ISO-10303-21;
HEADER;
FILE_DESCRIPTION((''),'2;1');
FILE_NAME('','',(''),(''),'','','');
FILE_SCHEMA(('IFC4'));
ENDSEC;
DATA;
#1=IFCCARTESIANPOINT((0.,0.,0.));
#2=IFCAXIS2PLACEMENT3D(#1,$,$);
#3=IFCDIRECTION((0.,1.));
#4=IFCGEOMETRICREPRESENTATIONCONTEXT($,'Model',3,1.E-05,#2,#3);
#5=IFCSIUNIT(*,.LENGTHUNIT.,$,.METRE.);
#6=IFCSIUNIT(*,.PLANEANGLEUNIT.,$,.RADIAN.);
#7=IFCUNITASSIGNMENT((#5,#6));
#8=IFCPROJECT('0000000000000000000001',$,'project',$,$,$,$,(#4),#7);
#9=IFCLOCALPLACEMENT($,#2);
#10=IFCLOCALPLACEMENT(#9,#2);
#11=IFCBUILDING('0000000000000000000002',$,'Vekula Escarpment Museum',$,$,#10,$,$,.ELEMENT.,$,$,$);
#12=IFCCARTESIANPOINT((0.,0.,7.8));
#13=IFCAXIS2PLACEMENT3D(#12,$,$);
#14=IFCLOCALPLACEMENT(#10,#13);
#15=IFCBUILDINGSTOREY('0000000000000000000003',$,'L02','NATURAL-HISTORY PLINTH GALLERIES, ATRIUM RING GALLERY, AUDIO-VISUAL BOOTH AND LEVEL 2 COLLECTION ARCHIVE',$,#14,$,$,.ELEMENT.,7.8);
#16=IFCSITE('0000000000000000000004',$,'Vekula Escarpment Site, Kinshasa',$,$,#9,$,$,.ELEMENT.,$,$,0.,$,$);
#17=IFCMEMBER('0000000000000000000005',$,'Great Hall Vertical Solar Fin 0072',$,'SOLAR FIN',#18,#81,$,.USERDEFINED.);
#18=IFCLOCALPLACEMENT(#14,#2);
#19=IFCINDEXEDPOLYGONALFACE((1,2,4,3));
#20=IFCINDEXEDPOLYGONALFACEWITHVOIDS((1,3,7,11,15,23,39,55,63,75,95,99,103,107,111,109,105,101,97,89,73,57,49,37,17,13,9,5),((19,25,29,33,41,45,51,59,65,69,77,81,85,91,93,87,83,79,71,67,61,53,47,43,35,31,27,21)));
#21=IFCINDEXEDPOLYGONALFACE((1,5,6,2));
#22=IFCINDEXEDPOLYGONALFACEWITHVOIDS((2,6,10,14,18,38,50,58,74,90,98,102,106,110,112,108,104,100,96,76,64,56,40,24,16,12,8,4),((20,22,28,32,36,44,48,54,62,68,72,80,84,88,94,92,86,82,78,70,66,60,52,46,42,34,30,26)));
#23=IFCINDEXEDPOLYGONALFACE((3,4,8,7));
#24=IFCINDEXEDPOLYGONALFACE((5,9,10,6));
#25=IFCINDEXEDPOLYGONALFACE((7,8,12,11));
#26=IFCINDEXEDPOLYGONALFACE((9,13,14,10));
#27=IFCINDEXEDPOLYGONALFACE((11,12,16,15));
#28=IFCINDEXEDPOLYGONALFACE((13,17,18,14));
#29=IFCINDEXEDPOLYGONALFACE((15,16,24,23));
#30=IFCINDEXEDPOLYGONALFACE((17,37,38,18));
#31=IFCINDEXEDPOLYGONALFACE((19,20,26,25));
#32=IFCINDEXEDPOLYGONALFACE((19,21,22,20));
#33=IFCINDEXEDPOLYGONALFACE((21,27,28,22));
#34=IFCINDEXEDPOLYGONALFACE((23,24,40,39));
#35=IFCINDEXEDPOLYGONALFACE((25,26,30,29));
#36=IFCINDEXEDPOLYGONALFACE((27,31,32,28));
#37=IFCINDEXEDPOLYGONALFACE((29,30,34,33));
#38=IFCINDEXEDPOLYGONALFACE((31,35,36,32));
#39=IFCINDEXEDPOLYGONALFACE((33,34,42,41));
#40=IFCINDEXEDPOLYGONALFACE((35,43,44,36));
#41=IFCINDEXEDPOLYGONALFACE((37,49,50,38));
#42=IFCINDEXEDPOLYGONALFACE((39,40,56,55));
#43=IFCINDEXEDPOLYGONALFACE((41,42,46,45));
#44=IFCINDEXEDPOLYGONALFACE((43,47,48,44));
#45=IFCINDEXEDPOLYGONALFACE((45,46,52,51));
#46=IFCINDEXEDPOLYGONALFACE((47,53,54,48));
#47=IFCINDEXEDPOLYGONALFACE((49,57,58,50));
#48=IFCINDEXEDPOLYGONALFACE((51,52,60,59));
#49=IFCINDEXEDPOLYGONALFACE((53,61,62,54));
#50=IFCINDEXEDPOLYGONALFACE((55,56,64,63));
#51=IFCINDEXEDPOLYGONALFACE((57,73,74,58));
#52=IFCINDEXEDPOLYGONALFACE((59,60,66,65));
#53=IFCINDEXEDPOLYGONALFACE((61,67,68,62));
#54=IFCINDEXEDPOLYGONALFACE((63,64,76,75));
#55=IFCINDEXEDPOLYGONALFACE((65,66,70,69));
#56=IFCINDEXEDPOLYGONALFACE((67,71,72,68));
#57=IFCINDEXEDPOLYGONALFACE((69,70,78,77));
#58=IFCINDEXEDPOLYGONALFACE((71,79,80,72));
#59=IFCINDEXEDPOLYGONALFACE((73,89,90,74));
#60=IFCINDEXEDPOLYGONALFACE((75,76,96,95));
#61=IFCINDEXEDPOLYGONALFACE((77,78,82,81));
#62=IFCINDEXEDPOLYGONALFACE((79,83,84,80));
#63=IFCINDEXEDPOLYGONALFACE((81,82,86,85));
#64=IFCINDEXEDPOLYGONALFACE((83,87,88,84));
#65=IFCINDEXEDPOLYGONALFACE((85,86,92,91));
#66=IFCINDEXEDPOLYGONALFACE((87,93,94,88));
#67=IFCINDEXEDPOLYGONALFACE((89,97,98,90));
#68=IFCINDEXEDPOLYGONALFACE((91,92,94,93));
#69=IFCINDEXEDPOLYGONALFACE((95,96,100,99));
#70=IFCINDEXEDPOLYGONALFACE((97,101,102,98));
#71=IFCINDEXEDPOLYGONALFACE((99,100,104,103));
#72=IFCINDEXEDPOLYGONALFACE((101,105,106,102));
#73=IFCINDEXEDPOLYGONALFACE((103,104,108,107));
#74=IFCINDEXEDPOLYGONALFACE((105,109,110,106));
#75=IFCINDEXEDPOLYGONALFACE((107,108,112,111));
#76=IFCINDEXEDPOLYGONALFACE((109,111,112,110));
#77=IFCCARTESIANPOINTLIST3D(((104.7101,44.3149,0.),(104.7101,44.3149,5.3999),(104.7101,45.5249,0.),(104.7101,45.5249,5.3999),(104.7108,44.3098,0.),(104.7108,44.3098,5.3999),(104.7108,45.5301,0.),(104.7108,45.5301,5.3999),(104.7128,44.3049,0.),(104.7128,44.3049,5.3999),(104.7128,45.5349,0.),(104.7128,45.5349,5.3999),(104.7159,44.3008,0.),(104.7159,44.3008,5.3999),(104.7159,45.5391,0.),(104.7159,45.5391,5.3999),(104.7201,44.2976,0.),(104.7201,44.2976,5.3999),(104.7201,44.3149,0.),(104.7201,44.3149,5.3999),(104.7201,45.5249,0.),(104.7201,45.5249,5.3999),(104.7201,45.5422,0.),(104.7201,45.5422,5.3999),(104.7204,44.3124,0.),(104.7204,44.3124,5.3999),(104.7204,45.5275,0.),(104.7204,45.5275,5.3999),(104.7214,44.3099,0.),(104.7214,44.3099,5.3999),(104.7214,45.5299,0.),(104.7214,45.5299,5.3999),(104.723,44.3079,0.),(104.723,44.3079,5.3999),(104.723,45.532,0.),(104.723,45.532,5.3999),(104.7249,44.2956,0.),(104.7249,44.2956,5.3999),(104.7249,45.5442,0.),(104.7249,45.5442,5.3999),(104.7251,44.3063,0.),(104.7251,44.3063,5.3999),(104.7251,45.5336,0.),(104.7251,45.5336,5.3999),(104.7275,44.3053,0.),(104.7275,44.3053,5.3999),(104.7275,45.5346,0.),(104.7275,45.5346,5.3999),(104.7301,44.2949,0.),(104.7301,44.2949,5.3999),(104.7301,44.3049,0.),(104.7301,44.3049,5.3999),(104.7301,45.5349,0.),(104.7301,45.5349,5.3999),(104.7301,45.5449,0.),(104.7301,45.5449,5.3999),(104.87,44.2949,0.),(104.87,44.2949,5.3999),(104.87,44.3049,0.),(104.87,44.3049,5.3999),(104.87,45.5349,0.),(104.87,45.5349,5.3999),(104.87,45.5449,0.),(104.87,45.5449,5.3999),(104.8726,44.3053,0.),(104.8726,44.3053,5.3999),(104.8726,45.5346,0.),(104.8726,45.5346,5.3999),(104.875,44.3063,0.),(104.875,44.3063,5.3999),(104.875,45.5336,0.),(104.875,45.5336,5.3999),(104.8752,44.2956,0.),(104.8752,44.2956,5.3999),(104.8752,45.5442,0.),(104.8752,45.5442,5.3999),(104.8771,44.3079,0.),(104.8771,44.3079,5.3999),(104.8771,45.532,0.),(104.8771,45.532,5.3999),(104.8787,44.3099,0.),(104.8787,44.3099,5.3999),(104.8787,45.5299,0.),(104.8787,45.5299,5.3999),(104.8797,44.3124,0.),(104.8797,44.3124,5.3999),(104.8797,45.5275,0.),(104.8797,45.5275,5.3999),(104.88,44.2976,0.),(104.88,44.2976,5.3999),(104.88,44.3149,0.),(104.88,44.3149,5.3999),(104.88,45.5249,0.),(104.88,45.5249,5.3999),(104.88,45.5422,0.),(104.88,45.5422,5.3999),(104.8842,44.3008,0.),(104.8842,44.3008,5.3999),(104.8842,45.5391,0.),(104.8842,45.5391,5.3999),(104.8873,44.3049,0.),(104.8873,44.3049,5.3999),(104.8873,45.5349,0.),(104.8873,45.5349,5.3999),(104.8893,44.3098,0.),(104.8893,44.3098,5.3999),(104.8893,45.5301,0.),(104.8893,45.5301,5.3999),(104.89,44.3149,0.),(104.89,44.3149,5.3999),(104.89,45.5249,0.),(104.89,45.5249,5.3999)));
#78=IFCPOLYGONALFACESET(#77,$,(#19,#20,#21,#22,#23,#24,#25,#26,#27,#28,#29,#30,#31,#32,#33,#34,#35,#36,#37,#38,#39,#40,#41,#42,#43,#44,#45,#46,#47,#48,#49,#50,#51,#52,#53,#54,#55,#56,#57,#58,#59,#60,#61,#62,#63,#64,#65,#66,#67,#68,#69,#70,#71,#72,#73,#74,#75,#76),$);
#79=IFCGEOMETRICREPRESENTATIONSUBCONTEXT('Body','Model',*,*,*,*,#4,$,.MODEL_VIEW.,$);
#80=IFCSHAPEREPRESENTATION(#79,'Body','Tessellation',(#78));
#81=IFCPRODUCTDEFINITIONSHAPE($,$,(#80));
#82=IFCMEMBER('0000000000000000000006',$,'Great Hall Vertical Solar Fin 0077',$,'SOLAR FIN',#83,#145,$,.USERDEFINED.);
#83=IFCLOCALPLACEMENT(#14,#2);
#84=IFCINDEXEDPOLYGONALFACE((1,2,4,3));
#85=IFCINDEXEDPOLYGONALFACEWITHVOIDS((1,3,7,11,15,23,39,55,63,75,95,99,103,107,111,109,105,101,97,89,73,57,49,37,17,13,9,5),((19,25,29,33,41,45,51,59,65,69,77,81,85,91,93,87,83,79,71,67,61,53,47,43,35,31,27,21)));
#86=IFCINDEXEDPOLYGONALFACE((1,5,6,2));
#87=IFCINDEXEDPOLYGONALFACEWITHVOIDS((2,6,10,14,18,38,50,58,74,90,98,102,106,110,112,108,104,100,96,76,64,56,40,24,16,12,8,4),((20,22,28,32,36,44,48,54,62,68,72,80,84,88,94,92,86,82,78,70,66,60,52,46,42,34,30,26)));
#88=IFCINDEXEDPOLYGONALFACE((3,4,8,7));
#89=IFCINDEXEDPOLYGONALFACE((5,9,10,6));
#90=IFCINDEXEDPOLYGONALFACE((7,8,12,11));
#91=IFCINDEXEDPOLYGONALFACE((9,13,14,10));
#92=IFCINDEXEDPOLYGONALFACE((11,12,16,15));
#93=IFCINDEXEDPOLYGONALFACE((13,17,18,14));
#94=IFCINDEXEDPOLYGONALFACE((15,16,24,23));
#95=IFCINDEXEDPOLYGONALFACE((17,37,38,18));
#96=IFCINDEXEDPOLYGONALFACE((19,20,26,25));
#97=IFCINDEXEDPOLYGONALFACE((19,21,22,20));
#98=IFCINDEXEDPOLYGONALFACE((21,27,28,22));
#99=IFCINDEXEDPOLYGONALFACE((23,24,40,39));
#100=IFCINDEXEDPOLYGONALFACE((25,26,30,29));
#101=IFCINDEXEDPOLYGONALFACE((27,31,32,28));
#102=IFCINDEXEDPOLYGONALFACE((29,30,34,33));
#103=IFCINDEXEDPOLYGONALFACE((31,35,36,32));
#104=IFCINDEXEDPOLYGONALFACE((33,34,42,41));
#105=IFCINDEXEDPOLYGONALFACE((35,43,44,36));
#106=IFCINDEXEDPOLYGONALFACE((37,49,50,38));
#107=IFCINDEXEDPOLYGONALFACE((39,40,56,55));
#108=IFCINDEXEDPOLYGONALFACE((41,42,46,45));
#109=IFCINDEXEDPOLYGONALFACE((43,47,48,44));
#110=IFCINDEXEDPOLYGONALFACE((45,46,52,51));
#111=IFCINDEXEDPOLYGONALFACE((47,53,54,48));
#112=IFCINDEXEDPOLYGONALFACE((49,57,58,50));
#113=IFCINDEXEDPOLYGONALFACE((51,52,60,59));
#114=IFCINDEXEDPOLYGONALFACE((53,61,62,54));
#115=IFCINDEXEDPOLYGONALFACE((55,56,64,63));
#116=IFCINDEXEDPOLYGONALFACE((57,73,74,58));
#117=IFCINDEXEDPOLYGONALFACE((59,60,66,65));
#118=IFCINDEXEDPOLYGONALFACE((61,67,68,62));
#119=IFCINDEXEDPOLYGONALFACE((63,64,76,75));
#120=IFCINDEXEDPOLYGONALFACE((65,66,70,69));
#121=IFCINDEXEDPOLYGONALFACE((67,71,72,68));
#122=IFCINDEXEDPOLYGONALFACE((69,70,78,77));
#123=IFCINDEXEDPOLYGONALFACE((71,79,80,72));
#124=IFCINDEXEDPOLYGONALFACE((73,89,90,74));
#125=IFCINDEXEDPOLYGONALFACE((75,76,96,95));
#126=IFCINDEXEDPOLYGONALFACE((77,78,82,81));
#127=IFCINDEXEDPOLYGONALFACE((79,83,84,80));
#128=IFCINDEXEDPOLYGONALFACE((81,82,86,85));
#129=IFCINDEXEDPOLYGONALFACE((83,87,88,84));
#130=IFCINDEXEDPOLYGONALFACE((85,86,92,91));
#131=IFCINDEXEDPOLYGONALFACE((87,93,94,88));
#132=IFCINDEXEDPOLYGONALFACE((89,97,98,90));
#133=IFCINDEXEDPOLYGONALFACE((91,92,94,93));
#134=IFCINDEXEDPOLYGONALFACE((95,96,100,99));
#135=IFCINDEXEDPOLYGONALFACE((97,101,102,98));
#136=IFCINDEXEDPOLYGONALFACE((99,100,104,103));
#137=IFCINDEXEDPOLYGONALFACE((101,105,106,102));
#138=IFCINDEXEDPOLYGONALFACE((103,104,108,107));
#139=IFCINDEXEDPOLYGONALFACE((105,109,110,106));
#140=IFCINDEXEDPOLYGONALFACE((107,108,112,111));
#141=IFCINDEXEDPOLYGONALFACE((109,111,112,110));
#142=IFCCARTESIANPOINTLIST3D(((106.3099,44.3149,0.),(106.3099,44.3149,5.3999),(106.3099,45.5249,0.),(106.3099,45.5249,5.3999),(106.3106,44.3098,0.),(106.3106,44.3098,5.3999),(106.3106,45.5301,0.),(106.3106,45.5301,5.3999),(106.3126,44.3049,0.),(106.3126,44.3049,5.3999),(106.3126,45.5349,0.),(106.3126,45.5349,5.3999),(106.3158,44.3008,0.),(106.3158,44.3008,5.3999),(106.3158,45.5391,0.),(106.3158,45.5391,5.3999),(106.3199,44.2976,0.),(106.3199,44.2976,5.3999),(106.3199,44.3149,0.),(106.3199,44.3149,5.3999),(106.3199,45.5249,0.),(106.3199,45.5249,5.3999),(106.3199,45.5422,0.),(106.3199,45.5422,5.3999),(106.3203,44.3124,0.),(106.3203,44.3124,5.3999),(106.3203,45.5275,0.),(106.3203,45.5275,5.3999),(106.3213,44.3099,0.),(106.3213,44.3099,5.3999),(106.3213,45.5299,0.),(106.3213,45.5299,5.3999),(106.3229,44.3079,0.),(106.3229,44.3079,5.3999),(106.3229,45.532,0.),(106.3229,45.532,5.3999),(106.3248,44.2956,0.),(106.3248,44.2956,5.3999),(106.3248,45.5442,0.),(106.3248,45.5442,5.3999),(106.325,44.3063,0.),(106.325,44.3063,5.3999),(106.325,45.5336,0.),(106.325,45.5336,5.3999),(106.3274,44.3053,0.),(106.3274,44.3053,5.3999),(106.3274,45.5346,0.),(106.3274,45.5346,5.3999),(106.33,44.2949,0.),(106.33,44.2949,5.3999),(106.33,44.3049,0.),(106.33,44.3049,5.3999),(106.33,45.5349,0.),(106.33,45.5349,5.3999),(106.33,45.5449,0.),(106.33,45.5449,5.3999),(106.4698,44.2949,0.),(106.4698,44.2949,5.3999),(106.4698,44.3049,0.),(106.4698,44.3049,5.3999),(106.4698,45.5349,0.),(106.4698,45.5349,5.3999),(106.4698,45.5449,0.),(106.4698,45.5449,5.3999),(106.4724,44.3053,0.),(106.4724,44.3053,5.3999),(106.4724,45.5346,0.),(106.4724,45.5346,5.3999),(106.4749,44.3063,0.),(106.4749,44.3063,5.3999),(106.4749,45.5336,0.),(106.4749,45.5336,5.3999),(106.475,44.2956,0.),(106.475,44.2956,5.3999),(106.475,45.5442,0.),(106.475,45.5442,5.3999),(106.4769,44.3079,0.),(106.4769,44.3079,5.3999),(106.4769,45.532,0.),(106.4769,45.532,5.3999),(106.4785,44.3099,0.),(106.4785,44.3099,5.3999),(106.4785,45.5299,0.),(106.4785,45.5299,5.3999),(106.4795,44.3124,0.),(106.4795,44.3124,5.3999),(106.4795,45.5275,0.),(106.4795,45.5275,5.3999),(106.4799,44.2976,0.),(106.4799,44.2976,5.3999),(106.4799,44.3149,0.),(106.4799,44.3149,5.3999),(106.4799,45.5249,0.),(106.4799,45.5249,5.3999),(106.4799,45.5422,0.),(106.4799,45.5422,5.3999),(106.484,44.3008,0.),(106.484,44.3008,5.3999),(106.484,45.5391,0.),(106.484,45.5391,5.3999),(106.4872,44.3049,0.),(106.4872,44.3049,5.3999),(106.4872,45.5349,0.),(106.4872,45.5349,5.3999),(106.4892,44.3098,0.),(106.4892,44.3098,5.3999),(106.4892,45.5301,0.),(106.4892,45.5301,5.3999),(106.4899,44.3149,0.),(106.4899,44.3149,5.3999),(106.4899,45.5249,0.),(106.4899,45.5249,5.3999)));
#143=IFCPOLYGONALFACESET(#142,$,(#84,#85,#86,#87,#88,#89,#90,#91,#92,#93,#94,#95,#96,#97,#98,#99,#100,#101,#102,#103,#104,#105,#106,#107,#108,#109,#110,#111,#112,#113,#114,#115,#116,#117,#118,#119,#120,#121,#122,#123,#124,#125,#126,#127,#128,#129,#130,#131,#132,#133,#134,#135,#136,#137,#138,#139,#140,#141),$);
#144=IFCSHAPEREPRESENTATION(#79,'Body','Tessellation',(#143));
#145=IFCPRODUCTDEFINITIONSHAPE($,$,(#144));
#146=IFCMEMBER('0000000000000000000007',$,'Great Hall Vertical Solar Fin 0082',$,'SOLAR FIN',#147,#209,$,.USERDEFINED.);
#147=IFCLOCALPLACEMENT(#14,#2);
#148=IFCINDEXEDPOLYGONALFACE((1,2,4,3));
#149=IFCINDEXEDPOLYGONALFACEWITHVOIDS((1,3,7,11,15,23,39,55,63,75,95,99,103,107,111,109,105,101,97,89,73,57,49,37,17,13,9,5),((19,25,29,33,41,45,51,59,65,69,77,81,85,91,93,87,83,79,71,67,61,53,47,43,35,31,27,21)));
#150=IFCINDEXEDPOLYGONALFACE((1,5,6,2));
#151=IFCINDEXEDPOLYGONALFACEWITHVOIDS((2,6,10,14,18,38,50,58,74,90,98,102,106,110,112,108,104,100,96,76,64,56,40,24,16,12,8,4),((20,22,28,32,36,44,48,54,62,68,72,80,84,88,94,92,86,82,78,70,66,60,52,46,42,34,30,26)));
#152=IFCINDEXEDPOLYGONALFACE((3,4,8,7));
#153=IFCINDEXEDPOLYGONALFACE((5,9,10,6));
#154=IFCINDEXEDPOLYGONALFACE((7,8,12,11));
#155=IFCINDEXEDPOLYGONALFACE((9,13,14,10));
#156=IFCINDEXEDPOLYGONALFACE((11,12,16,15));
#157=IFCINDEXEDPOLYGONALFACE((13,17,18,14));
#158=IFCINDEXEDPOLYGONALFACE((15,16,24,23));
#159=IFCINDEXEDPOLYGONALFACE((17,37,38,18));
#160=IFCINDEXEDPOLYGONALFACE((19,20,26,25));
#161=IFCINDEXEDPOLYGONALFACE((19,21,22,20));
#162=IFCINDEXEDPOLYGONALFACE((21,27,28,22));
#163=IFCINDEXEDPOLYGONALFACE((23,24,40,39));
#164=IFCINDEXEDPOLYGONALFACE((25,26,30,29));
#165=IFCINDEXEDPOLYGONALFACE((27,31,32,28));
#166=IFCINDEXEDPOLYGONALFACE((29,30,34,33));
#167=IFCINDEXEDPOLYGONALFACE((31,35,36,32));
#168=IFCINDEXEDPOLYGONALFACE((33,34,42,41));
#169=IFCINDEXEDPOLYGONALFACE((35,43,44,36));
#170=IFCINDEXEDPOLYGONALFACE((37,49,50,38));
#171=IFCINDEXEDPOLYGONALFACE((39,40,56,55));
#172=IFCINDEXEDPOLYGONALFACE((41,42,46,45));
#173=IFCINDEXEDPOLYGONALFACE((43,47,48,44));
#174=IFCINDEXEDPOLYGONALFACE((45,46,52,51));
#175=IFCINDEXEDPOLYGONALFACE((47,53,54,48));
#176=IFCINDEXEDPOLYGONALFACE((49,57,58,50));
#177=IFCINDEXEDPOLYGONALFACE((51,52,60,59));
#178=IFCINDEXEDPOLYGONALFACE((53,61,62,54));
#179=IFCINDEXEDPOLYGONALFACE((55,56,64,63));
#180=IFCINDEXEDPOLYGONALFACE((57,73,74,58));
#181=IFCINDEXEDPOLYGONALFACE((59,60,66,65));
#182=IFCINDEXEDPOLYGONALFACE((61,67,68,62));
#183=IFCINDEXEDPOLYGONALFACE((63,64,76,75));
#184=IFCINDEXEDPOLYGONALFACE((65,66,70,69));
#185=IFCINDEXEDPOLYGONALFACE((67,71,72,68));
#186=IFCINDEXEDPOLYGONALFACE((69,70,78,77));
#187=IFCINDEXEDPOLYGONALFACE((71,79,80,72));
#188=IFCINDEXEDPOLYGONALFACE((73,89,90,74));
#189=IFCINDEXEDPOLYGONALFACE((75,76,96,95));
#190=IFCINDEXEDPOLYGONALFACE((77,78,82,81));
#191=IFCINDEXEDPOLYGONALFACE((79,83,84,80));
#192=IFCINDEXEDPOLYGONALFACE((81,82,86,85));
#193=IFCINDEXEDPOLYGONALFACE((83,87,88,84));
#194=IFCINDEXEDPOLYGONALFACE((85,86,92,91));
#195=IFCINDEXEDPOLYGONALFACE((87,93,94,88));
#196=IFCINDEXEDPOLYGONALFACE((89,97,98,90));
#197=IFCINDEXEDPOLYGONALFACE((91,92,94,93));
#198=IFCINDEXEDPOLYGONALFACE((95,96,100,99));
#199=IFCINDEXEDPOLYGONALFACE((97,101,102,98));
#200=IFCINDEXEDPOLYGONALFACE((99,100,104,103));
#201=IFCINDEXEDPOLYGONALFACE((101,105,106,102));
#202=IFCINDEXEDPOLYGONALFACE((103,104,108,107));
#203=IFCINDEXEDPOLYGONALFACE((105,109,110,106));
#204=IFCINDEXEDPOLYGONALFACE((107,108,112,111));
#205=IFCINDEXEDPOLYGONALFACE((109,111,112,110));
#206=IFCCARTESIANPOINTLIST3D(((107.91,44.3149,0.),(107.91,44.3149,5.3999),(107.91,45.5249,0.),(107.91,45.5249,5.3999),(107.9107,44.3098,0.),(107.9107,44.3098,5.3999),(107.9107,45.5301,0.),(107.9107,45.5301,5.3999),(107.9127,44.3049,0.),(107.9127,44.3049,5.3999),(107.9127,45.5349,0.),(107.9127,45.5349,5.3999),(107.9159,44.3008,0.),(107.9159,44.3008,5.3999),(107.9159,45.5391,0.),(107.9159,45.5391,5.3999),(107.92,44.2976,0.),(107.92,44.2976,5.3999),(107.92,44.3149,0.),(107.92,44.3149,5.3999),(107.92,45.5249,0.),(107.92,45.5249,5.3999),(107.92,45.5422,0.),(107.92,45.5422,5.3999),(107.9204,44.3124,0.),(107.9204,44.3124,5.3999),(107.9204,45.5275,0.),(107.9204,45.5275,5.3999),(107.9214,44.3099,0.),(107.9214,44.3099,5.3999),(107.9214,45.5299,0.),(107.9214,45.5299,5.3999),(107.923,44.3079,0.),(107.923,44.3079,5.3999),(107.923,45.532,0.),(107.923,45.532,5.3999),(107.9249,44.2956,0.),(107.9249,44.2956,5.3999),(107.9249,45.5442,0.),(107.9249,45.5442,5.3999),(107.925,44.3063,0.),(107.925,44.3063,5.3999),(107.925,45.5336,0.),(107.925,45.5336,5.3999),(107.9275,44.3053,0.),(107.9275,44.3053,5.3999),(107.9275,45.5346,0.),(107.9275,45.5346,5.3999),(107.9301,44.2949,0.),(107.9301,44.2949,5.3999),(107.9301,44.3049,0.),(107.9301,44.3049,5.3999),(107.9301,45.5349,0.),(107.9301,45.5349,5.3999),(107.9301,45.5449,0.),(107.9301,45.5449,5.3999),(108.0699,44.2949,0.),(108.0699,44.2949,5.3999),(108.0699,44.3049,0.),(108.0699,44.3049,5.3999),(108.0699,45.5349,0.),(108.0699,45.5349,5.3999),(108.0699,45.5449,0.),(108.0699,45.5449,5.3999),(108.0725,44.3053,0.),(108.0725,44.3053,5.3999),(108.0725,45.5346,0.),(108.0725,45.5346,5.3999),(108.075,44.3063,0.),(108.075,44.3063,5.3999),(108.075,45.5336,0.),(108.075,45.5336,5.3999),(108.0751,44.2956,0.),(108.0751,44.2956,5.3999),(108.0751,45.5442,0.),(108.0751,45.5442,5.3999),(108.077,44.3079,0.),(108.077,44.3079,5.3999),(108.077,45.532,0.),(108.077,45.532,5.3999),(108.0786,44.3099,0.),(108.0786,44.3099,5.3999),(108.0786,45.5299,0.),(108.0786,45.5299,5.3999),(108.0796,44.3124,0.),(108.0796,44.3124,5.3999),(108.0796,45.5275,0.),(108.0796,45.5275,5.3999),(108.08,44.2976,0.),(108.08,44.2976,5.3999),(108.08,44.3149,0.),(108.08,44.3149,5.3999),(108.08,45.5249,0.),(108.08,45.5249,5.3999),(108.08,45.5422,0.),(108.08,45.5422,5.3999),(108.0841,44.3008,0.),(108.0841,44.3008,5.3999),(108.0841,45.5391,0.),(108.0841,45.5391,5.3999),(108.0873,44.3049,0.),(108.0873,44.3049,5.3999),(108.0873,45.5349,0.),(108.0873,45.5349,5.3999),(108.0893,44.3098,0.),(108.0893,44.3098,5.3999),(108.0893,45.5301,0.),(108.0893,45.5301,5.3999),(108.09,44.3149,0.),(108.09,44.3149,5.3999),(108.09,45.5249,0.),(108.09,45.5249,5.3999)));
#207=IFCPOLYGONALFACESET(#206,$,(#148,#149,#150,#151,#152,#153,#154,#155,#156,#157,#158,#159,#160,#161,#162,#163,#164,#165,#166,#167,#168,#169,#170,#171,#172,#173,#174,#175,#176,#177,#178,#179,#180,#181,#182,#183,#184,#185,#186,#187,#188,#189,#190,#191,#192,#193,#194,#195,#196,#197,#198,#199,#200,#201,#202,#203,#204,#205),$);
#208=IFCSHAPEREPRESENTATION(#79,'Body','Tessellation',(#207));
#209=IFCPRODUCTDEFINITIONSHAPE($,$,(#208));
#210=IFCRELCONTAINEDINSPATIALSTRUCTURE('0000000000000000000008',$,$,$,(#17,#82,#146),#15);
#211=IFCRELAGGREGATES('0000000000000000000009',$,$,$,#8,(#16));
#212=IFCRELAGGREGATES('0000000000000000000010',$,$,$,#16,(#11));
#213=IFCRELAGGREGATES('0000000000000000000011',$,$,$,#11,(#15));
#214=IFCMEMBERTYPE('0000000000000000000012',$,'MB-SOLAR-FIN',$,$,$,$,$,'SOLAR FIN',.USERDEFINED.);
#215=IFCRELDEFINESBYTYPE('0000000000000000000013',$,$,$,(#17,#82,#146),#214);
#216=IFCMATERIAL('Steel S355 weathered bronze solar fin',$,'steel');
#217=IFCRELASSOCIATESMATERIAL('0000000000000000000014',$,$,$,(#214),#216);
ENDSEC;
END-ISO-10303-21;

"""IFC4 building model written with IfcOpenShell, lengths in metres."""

from ifc_helpers import new_model, si_unit, direction, frame, origin, origin_2d, place, context, subcontext, project, spatial, hollow_rectangle, extrude, material, material_profile, profile_set, type_object, element, save


model = new_model("IFC4")

# Units and contexts
model_context = context("Model", 3, precision=1e-05, world=origin(), true_north=direction((0.0, 1.0)))
body_context = subcontext(model_context, "Body", "Model", "MODEL_VIEW")
ifc_project = project(units=[si_unit("LENGTHUNIT", "METRE"), si_unit("PLANEANGLEUNIT", "RADIAN")], contexts=[model_context])

# Site, building, storey
site_placement = place(None, origin())
site = spatial("IfcSite", under=ifc_project, at=site_placement, Name="Vekula Escarpment Site, Kinshasa", CompositionType="ELEMENT", RefElevation=0.0)
building_placement = place(site_placement, origin())
building = spatial("IfcBuilding", under=site, at=building_placement, Name="Vekula Escarpment Museum", CompositionType="ELEMENT")
storey_placement = place(building_placement, frame((0.0, 0.0, 7.8)))
storey = spatial("IfcBuildingStorey", under=building, at=storey_placement, Name="L02", Description="NATURAL-HISTORY PLINTH GALLERIES, ATRIUM RING GALLERY, AUDIO-VISUAL BOOTH AND LEVEL 2 COLLECTION ARCHIVE", CompositionType="ELEMENT", Elevation=7.8)

# Members
ifc_material_1 = material(Name="Steel S355 weathered bronze solar fin", Category="steel")
ifc_material_profile_1 = material_profile(ifc_material_1, hollow_rectangle(XDim=0.1799, YDim=1.25, WallThickness=0.01, InnerFilletRadius=0.01, OuterFilletRadius=0.02, at=origin_2d()), Name="RHS 1250x180x10")
ifc_profile_set_1 = profile_set([ifc_material_profile_1], Name="Steel S355 weathered bronze solar fin")
member_type_1 = type_object("IfcMemberType", Name="MB-SOLAR-FIN", ElementType="SOLAR FIN", PredefinedType="USERDEFINED", material=ifc_profile_set_1)
for number, where, z_axis, x_axis, name in (
    (1, (104.8, 44.9199, 0.0), (0.0, 0.0, 1.0), (1.0, 0.0, 0.0), "Great Hall Vertical Solar Fin 0072"),
    (2, (106.3999, 44.9199, 0.0), (0.0, 0.0, 1.0), (1.0, 0.0, 0.0), "Great Hall Vertical Solar Fin 0077"),
    (3, (108.0, 44.9199, 0.0), (0.0, 0.0, 1.0), (1.0, 0.0, 0.0), "Great Hall Vertical Solar Fin 0082"),
):
    element("IfcMember", number, at=place(storey_placement, frame(where, z_axis=z_axis, x_axis=x_axis)), inside=storey, type_object=member_type_1, Name=name, ObjectType="SOLAR FIN", PredefinedType="USERDEFINED", context=body_context, shape_type="SweptSolid", body=[
        extrude(hollow_rectangle(XDim=0.1799, YDim=1.25, WallThickness=0.01, InnerFilletRadius=0.01, OuterFilletRadius=0.02, at=origin_2d()), origin(), (0.0, 0.0, 1.0), 5.3999),
    ])

save(model, "model.ifc")
